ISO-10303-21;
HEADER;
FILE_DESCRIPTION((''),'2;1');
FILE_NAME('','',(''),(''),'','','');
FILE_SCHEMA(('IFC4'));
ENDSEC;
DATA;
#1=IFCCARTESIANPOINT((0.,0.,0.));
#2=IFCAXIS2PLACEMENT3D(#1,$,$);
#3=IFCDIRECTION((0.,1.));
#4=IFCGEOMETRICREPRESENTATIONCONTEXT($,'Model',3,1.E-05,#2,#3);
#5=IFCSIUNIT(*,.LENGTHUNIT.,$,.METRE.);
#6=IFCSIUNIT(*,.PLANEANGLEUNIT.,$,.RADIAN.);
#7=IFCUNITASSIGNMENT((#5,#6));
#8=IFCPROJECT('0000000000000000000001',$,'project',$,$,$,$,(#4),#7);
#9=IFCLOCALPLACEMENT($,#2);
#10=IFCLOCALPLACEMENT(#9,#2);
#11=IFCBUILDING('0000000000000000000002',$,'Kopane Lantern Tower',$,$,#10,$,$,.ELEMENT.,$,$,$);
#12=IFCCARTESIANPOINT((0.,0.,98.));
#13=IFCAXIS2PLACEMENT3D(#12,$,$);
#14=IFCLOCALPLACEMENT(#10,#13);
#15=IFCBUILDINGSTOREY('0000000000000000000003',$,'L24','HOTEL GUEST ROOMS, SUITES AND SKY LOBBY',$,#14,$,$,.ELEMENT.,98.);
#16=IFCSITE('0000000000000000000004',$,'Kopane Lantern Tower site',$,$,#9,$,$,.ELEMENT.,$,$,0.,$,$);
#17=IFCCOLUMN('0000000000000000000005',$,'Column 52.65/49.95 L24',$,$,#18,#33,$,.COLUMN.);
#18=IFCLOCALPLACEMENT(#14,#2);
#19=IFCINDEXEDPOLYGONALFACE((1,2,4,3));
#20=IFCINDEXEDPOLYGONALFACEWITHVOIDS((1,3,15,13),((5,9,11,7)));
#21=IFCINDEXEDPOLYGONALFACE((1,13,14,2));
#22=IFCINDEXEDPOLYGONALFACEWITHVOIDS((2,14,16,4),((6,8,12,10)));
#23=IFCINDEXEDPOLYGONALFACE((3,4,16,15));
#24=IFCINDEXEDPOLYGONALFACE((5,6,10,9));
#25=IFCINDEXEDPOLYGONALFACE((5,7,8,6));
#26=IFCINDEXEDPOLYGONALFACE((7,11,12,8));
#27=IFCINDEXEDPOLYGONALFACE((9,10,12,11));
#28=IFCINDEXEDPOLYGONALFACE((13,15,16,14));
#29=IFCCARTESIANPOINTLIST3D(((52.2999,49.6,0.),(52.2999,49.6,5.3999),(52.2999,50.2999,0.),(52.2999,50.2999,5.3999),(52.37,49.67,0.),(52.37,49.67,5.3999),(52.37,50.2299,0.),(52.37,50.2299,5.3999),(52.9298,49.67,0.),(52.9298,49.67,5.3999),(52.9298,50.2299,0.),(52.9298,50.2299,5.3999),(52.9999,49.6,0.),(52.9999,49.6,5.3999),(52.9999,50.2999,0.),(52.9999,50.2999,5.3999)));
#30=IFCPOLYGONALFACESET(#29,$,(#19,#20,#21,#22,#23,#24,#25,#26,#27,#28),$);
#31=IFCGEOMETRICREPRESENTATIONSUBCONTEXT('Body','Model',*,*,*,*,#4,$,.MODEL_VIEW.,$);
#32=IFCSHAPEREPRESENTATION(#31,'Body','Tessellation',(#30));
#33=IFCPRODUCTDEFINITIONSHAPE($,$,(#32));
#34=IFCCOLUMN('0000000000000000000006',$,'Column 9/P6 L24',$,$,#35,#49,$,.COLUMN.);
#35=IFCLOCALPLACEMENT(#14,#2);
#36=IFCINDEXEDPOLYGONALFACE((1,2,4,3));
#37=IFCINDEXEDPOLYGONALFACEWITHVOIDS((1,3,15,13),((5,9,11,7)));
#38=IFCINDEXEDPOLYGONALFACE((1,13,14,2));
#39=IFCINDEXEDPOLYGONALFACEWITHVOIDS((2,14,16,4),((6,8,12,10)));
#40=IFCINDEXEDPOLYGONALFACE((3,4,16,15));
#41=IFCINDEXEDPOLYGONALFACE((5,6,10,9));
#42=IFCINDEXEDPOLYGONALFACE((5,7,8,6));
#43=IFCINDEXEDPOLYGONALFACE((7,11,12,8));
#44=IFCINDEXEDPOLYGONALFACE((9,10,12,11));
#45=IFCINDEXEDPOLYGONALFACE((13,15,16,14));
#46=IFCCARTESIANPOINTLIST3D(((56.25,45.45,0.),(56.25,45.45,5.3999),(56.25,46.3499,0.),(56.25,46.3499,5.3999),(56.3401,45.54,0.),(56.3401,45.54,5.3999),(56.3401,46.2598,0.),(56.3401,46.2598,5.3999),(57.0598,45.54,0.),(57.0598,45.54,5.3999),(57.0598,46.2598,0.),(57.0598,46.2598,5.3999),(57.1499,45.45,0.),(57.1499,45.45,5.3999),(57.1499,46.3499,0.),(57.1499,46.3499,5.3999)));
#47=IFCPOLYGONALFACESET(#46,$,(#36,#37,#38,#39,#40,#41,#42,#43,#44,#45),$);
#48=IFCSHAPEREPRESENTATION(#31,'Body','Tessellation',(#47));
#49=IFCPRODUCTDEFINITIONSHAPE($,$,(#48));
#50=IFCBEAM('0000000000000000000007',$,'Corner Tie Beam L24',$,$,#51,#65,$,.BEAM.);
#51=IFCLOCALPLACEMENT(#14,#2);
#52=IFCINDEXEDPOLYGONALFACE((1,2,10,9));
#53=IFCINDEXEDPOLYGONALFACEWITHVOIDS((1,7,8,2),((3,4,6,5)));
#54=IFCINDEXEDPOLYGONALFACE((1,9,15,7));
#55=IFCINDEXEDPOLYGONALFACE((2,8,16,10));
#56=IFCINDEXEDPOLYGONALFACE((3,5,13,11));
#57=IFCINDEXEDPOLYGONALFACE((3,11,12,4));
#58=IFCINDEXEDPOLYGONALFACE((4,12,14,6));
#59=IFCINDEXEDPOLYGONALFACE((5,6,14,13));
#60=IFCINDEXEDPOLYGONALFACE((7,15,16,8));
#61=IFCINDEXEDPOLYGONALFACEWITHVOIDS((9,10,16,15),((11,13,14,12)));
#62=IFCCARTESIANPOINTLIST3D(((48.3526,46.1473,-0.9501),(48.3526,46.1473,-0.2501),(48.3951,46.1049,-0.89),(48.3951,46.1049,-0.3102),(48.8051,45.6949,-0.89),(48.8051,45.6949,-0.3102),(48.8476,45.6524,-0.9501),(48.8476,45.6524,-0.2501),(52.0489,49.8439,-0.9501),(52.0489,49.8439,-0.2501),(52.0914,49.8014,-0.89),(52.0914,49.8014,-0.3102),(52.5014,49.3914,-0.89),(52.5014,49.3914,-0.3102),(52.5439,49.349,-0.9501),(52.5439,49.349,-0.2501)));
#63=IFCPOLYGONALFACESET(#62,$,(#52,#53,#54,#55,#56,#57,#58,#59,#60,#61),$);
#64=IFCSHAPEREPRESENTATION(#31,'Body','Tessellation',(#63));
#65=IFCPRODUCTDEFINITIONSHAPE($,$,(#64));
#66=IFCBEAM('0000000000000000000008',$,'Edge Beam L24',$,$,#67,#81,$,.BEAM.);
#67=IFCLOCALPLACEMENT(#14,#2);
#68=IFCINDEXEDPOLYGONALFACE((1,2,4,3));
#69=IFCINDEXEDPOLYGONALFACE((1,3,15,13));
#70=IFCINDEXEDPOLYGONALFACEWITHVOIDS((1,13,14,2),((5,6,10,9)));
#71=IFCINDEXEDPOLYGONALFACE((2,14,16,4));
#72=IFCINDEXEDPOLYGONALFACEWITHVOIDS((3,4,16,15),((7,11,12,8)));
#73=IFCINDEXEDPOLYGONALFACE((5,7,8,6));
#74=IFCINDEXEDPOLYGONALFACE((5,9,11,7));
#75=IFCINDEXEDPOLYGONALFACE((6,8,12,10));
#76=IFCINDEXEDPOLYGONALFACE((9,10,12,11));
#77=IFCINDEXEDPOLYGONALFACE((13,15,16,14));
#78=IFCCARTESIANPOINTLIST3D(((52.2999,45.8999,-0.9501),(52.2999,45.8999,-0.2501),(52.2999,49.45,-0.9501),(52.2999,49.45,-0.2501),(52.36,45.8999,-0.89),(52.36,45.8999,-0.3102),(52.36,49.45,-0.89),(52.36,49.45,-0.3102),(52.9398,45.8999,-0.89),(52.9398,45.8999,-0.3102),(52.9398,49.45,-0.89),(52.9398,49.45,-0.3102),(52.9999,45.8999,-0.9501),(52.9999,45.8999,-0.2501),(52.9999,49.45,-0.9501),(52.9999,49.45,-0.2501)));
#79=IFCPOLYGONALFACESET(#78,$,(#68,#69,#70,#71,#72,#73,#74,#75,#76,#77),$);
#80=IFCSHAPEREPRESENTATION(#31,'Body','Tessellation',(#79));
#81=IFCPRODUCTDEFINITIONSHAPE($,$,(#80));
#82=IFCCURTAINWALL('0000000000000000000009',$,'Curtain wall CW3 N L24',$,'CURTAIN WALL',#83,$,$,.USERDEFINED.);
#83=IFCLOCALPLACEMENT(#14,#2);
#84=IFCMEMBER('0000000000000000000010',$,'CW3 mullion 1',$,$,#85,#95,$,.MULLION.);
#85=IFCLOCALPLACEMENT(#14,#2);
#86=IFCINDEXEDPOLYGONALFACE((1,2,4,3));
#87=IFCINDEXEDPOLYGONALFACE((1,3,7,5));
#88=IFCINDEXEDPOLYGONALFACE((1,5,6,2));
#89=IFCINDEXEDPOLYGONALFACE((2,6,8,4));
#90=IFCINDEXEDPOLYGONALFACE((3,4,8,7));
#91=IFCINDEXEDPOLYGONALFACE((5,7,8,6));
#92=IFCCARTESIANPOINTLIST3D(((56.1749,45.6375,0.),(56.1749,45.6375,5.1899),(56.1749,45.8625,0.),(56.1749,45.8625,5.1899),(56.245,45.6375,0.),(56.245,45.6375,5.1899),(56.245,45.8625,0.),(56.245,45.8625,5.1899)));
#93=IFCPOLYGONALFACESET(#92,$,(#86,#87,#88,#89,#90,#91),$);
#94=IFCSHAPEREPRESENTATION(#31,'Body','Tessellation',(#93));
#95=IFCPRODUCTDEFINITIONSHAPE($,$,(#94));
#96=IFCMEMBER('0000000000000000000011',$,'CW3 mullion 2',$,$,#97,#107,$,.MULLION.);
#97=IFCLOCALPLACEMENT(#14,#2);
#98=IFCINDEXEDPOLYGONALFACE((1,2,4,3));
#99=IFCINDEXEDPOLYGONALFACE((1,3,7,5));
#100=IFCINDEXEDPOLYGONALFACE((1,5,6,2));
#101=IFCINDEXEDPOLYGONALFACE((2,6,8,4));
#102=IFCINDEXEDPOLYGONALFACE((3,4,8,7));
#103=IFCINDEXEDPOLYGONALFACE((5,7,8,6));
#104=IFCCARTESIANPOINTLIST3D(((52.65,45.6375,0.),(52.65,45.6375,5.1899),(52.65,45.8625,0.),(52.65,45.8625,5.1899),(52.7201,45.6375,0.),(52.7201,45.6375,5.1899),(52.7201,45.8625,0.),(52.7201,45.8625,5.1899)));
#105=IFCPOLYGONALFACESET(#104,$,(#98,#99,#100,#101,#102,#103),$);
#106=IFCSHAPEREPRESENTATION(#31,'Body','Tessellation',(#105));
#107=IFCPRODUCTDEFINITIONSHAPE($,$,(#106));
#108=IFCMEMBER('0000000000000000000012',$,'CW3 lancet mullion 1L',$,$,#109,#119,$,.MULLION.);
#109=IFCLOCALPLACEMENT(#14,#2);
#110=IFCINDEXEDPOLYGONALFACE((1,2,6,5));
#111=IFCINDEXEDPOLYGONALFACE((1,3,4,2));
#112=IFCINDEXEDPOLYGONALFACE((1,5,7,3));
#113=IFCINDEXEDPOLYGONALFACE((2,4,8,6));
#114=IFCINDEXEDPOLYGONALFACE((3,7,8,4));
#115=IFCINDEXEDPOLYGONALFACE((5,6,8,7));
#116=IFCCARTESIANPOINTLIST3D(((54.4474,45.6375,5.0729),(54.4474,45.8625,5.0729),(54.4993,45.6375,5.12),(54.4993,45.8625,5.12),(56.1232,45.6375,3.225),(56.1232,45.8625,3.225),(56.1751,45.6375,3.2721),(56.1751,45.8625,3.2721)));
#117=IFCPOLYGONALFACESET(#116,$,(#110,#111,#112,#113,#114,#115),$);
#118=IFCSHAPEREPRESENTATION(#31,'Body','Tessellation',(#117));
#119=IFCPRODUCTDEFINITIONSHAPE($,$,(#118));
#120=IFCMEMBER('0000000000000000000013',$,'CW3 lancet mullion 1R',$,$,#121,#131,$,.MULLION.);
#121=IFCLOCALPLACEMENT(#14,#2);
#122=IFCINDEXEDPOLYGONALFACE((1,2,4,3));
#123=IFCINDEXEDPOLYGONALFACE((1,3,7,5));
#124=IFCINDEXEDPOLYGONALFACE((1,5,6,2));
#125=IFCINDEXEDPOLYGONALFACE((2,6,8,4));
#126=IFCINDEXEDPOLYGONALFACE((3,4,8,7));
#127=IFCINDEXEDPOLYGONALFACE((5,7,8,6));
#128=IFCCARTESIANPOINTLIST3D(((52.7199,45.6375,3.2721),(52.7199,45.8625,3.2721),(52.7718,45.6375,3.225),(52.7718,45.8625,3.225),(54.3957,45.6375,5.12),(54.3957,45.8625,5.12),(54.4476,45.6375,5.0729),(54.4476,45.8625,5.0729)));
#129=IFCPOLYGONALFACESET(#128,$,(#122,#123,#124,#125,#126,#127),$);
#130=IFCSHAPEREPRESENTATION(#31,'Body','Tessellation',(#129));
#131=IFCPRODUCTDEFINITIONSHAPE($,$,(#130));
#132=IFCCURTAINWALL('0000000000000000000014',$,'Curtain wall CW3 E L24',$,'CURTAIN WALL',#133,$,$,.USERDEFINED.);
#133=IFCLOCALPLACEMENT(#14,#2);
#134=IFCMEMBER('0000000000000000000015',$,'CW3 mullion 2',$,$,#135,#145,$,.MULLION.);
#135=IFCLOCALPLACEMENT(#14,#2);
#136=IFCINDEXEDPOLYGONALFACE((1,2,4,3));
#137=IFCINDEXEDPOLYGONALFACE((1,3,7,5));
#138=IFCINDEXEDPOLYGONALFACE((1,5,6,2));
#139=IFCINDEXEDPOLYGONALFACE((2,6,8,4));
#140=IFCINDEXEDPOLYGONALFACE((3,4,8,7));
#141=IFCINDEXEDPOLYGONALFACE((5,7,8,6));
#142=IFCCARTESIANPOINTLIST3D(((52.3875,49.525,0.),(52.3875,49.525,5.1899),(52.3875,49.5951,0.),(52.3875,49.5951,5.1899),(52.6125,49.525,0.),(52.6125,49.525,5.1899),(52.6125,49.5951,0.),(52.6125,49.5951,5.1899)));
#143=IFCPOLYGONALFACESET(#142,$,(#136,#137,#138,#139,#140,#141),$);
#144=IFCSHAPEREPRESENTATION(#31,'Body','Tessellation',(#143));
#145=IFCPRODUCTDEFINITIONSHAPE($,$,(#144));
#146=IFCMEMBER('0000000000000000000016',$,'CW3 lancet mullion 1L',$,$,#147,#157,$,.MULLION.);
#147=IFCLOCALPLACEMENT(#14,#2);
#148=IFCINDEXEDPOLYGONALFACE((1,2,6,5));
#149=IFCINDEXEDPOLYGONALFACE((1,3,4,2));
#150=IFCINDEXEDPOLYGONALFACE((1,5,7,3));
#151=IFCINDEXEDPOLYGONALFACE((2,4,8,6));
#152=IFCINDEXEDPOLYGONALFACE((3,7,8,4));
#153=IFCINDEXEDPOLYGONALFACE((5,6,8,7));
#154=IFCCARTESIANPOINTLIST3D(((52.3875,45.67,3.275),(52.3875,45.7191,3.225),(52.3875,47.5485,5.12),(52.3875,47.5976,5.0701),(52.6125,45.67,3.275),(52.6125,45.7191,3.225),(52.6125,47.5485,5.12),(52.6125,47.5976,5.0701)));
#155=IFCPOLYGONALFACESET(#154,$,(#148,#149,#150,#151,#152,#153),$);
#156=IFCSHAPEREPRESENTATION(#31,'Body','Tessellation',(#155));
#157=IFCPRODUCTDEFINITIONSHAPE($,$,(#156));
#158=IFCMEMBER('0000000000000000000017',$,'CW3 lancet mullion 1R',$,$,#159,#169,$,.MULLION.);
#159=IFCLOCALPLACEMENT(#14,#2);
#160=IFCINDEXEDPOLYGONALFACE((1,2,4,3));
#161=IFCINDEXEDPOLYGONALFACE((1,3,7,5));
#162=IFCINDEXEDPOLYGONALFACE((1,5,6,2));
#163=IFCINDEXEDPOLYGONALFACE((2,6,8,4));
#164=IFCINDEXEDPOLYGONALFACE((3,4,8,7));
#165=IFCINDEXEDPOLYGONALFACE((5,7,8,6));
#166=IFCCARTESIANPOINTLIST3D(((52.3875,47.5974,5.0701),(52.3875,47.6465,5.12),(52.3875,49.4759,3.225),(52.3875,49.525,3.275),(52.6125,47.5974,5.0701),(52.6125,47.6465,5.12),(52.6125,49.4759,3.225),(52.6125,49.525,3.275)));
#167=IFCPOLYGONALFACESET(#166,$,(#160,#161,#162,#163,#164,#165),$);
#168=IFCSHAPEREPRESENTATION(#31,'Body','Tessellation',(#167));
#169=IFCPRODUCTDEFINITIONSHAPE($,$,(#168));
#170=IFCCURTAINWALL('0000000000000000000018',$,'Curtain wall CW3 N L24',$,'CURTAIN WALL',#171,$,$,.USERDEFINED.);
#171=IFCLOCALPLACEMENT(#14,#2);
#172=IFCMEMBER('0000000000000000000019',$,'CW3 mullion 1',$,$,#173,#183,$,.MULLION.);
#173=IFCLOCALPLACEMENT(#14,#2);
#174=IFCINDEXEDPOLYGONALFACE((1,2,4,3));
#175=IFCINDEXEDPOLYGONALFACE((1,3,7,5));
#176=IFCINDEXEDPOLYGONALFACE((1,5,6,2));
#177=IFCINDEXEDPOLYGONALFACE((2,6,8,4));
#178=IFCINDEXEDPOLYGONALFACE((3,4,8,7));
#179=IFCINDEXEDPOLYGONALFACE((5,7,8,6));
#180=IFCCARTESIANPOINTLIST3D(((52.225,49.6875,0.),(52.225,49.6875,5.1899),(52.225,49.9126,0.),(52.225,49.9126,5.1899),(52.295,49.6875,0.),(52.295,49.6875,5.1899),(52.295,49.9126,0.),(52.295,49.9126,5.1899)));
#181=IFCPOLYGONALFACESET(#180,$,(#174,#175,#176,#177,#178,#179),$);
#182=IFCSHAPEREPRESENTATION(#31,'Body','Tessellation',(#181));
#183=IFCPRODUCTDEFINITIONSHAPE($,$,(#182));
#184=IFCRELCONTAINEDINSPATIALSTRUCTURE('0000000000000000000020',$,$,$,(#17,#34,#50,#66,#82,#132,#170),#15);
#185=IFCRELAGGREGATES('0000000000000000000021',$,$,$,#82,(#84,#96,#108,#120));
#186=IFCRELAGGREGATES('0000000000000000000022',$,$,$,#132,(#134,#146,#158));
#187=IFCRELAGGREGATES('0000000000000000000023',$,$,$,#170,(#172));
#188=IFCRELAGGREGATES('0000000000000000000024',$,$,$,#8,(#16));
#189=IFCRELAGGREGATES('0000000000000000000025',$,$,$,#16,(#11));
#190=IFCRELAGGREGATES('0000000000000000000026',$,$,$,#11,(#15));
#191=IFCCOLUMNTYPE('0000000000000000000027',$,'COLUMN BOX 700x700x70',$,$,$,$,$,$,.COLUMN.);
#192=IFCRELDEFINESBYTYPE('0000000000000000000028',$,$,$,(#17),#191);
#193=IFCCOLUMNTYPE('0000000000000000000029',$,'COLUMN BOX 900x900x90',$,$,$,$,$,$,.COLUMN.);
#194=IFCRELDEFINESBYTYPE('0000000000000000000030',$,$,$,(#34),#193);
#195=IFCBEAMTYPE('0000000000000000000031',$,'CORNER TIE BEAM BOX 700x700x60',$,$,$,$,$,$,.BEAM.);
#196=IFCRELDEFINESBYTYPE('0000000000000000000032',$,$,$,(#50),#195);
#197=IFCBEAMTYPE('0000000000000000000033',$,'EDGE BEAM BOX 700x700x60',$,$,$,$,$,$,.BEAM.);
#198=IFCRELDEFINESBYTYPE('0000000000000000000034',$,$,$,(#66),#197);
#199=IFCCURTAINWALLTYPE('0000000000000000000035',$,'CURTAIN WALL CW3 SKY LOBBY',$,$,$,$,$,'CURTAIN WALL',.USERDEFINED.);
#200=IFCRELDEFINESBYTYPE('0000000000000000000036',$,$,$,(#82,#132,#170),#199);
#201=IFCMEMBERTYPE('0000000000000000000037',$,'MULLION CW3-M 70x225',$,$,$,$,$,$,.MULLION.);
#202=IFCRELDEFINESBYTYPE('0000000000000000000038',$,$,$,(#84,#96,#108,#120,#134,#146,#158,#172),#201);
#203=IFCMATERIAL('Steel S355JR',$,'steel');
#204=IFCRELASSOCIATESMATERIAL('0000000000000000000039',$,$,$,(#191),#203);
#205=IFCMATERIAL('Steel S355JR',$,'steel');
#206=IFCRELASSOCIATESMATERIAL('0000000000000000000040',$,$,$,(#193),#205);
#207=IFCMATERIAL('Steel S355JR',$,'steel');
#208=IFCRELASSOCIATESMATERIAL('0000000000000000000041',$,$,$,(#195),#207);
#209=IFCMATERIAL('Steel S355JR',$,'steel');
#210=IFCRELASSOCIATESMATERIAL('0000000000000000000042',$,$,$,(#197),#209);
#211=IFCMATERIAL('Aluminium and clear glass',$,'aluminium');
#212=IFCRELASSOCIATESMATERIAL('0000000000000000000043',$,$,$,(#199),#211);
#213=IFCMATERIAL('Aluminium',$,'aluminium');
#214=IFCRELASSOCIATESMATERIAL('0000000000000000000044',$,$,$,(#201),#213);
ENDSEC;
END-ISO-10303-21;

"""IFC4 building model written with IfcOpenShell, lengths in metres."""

from ifc_helpers import new_model, si_unit, direction, frame, origin, origin_2d, place, context, subcontext, project, spatial, rectangle, hollow_rectangle, extrude, material, material_profile, profile_set, type_object, element, aggregate, save


model = new_model("IFC4")

# Units and contexts
model_context = context("Model", 3, precision=1e-05, world=origin(), true_north=direction((0.0, 1.0)))
body_context = subcontext(model_context, "Body", "Model", "MODEL_VIEW")
ifc_project = project(units=[si_unit("LENGTHUNIT", "METRE"), si_unit("PLANEANGLEUNIT", "RADIAN")], contexts=[model_context])

# Site, building, storey
site_placement = place(None, origin())
site = spatial("IfcSite", under=ifc_project, at=site_placement, Name="Kopane Lantern Tower site", CompositionType="ELEMENT", RefElevation=0.0)
building_placement = place(site_placement, origin())
building = spatial("IfcBuilding", under=site, at=building_placement, Name="Kopane Lantern Tower", CompositionType="ELEMENT")
storey_placement = place(building_placement, frame((0.0, 0.0, 98.0)))
storey = spatial("IfcBuildingStorey", under=building, at=storey_placement, Name="L24", Description="HOTEL GUEST ROOMS, SUITES AND SKY LOBBY", CompositionType="ELEMENT", Elevation=98.0)

# Columns
ifc_material_1 = material(Name="Steel S355JR", Category="steel")
ifc_material_profile_1 = material_profile(ifc_material_1, hollow_rectangle(XDim=0.7, YDim=0.7, WallThickness=0.0701, at=origin_2d()), Name="BOX 700x700x70")
ifc_profile_set_1 = profile_set([ifc_material_profile_1], Name="Steel S355JR")
column_type_1 = type_object("IfcColumnType", Name="COLUMN BOX 700x700x70", PredefinedType="COLUMN", material=ifc_profile_set_1)
column_1_placement = place(storey_placement, frame((52.6499, 49.95, 0.0), z_axis=(0.0, 0.0, 1.0), x_axis=(1.0, 0.0, 0.0)))
element("IfcColumn", 1, at=column_1_placement, inside=storey, type_object=column_type_1, Name="Column 52.65/49.95 L24", PredefinedType="COLUMN", context=body_context, shape_type="SweptSolid", body=[
    extrude(hollow_rectangle(XDim=0.7, YDim=0.7, WallThickness=0.0701, at=origin_2d()), origin(), (0.0, 0.0, 1.0), 5.3999),
])
ifc_material_2 = material(Name="Steel S355JR", Category="steel")
ifc_material_profile_2 = material_profile(ifc_material_2, hollow_rectangle(XDim=0.8999, YDim=0.8999, WallThickness=0.0901, at=origin_2d()), Name="BOX 900x900x90")
ifc_profile_set_2 = profile_set([ifc_material_profile_2], Name="Steel S355JR")
column_type_2 = type_object("IfcColumnType", Name="COLUMN BOX 900x900x90", PredefinedType="COLUMN", material=ifc_profile_set_2)
column_2_placement = place(storey_placement, frame((56.7, 45.8999, 0.0), z_axis=(0.0, 0.0, 1.0), x_axis=(1.0, 0.0, 0.0)))
element("IfcColumn", 2, at=column_2_placement, inside=storey, type_object=column_type_2, Name="Column 9/P6 L24", PredefinedType="COLUMN", context=body_context, shape_type="SweptSolid", body=[
    extrude(hollow_rectangle(XDim=0.8999, YDim=0.8999, WallThickness=0.0901, at=origin_2d()), origin(), (0.0, 0.0, 1.0), 5.3999),
])

# Beams
ifc_material_3 = material(Name="Steel S355JR", Category="steel")
ifc_material_profile_3 = material_profile(ifc_material_3, hollow_rectangle(XDim=0.7, YDim=0.7, WallThickness=0.0601, at=origin_2d()), Name="BOX 700x700x60")
ifc_profile_set_3 = profile_set([ifc_material_profile_3], Name="Steel S355JR")
beam_type_1 = type_object("IfcBeamType", Name="CORNER TIE BEAM BOX 700x700x60", PredefinedType="BEAM", material=ifc_profile_set_3)
beam_1_placement = place(storey_placement, frame((52.2964, 49.5964, -0.6001), z_axis=(-0.707083, -0.70713, 0.0), x_axis=(0.70713, -0.707083, 0.0)))
element("IfcBeam", 3, at=beam_1_placement, inside=storey, type_object=beam_type_1, Name="Corner Tie Beam L24", PredefinedType="BEAM", context=body_context, shape_type="SweptSolid", body=[
    extrude(hollow_rectangle(XDim=0.7, YDim=0.7, WallThickness=0.0601, at=origin_2d()), origin(), (0.0, 0.0, 1.0), 5.2275),
])
ifc_material_4 = material(Name="Steel S355JR", Category="steel")
ifc_material_profile_4 = material_profile(ifc_material_4, hollow_rectangle(XDim=0.7, YDim=0.7, WallThickness=0.0601, at=origin_2d()), Name="BOX 700x700x60")
ifc_profile_set_4 = profile_set([ifc_material_profile_4], Name="Steel S355JR")
beam_type_2 = type_object("IfcBeamType", Name="EDGE BEAM BOX 700x700x60", PredefinedType="BEAM", material=ifc_profile_set_4)
beam_2_placement = place(storey_placement, frame((52.6499, 49.45, -0.6001), z_axis=(0.0, -1.0, 0.0), x_axis=(1.0, 0.0, 0.0)))
element("IfcBeam", 4, at=beam_2_placement, inside=storey, type_object=beam_type_2, Name="Edge Beam L24", PredefinedType="BEAM", context=body_context, shape_type="SweptSolid", body=[
    extrude(hollow_rectangle(XDim=0.7, YDim=0.7, WallThickness=0.0601, at=origin_2d()), origin(), (0.0, 0.0, 1.0), 3.55),
])

# Curtain walls, members
ifc_material_5 = material(Name="Aluminium and clear glass", Category="aluminium")
curtain_wall_type = type_object("IfcCurtainWallType", Name="CURTAIN WALL CW3 SKY LOBBY", ElementType="CURTAIN WALL", PredefinedType="USERDEFINED", material=ifc_material_5)
curtain_wall_1_placement = place(storey_placement, origin())
curtain_wall_1 = element("IfcCurtainWall", 5, at=curtain_wall_1_placement, inside=storey, type_object=curtain_wall_type, Name="Curtain wall CW3 N L24", ObjectType="CURTAIN WALL", PredefinedType="USERDEFINED")
ifc_material_6 = material(Name="Aluminium", Category="aluminium")
ifc_material_profile_5 = material_profile(ifc_material_6, rectangle(XDim=0.0701, YDim=0.2251, at=origin_2d()), Name="AL 70x225")
ifc_profile_set_5 = profile_set([ifc_material_profile_5], Name="Aluminium")
member_type_1 = type_object("IfcMemberType", Name="MULLION CW3-M 70x225", PredefinedType="MULLION", material=ifc_profile_set_5)
member_1_placement = place(storey_placement, frame((56.21, 45.75, 0.0), z_axis=(0.0, 0.0, 1.0), x_axis=(-1.0, 0.0, 0.0)))
member_1 = element("IfcMember", 6, at=member_1_placement, type_object=member_type_1, Name="CW3 mullion 1", PredefinedType="MULLION", context=body_context, shape_type="SweptSolid", body=[
    extrude(rectangle(XDim=0.0701, YDim=0.2251, at=origin_2d()), origin(), (0.0, 0.0, 1.0), 5.1899),
])
member_2_placement = place(storey_placement, frame((52.6851, 45.75, 0.0), z_axis=(0.0, 0.0, 1.0), x_axis=(-1.0, 0.0, 0.0)))
member_2 = element("IfcMember", 7, at=member_2_placement, type_object=member_type_1, Name="CW3 mullion 2", PredefinedType="MULLION", context=body_context, shape_type="SweptSolid", body=[
    extrude(rectangle(XDim=0.0701, YDim=0.2251, at=origin_2d()), origin(), (0.0, 0.0, 1.0), 5.1899),
])
member_3_placement = place(storey_placement, frame((56.1492, 45.75, 3.2485), z_axis=(-0.671766, 0.0, 0.740763), x_axis=(0.740763, 0.0, 0.671766)))
member_3 = element("IfcMember", 8, at=member_3_placement, type_object=member_type_1, Name="CW3 lancet mullion 1L", PredefinedType="MULLION", context=body_context, shape_type="SweptSolid", body=[
    extrude(rectangle(XDim=0.0701, YDim=0.2251, at=origin_2d()), origin(), (0.0, 0.0, 1.0), 2.4946),
])
member_4_placement = place(storey_placement, frame((52.7458, 45.75, 3.2485), z_axis=(0.671766, 0.0, 0.740763), x_axis=(-0.740763, 0.0, 0.671766)))
member_4 = element("IfcMember", 9, at=member_4_placement, type_object=member_type_1, Name="CW3 lancet mullion 1R", PredefinedType="MULLION", context=body_context, shape_type="SweptSolid", body=[
    extrude(rectangle(XDim=0.0701, YDim=0.2251, at=origin_2d()), origin(), (0.0, 0.0, 1.0), 2.4946),
])
curtain_wall_2_placement = place(storey_placement, origin())
curtain_wall_2 = element("IfcCurtainWall", 10, at=curtain_wall_2_placement, inside=storey, type_object=curtain_wall_type, Name="Curtain wall CW3 E L24", ObjectType="CURTAIN WALL", PredefinedType="USERDEFINED")
member_5_placement = place(storey_placement, frame((52.5, 49.5601, 0.0), z_axis=(0.0, 0.0, 1.0), x_axis=(0.0, 1.0, 0.0)))
member_5 = element("IfcMember", 11, at=member_5_placement, type_object=member_type_1, Name="CW3 mullion 2", PredefinedType="MULLION", context=body_context, shape_type="SweptSolid", body=[
    extrude(rectangle(XDim=0.0701, YDim=0.2251, at=origin_2d()), origin(), (0.0, 0.0, 1.0), 5.1899),
])
member_6_placement = place(storey_placement, frame((52.5, 45.6946, 3.25), z_axis=(0.0, 0.71343, 0.700727), x_axis=(0.0, -0.700727, 0.71343)))
member_6 = element("IfcMember", 12, at=member_6_placement, type_object=member_type_1, Name="CW3 lancet mullion 1L", PredefinedType="MULLION", context=body_context, shape_type="SweptSolid", body=[
    extrude(rectangle(XDim=0.0701, YDim=0.2251, at=origin_2d()), origin(), (0.0, 0.0, 1.0), 2.6331),
])
member_7_placement = place(storey_placement, frame((52.5, 49.5005, 3.25), z_axis=(0.0, -0.71343, 0.700727), x_axis=(0.0, 0.700727, 0.71343)))
member_7 = element("IfcMember", 13, at=member_7_placement, type_object=member_type_1, Name="CW3 lancet mullion 1R", PredefinedType="MULLION", context=body_context, shape_type="SweptSolid", body=[
    extrude(rectangle(XDim=0.0701, YDim=0.2251, at=origin_2d()), origin(), (0.0, 0.0, 1.0), 2.6331),
])

# Curtain wall, member
curtain_wall_3_placement = place(storey_placement, origin())
curtain_wall_3 = element("IfcCurtainWall", 14, at=curtain_wall_3_placement, inside=storey, type_object=curtain_wall_type, Name="Curtain wall CW3 N L24", ObjectType="CURTAIN WALL", PredefinedType="USERDEFINED")
member_8_placement = place(storey_placement, frame((52.26, 49.8, 0.0), z_axis=(0.0, 0.0, 1.0), x_axis=(-1.0, 0.0, 0.0)))
member_8 = element("IfcMember", 15, at=member_8_placement, type_object=member_type_1, Name="CW3 mullion 1", PredefinedType="MULLION", context=body_context, shape_type="SweptSolid", body=[
    extrude(rectangle(XDim=0.0701, YDim=0.2251, at=origin_2d()), origin(), (0.0, 0.0, 1.0), 5.1899),
])

aggregate(curtain_wall_1, [member_1, member_2, member_3, member_4])
aggregate(curtain_wall_2, [member_5, member_6, member_7])
aggregate(curtain_wall_3, [member_8])

save(model, "model.ifc")
